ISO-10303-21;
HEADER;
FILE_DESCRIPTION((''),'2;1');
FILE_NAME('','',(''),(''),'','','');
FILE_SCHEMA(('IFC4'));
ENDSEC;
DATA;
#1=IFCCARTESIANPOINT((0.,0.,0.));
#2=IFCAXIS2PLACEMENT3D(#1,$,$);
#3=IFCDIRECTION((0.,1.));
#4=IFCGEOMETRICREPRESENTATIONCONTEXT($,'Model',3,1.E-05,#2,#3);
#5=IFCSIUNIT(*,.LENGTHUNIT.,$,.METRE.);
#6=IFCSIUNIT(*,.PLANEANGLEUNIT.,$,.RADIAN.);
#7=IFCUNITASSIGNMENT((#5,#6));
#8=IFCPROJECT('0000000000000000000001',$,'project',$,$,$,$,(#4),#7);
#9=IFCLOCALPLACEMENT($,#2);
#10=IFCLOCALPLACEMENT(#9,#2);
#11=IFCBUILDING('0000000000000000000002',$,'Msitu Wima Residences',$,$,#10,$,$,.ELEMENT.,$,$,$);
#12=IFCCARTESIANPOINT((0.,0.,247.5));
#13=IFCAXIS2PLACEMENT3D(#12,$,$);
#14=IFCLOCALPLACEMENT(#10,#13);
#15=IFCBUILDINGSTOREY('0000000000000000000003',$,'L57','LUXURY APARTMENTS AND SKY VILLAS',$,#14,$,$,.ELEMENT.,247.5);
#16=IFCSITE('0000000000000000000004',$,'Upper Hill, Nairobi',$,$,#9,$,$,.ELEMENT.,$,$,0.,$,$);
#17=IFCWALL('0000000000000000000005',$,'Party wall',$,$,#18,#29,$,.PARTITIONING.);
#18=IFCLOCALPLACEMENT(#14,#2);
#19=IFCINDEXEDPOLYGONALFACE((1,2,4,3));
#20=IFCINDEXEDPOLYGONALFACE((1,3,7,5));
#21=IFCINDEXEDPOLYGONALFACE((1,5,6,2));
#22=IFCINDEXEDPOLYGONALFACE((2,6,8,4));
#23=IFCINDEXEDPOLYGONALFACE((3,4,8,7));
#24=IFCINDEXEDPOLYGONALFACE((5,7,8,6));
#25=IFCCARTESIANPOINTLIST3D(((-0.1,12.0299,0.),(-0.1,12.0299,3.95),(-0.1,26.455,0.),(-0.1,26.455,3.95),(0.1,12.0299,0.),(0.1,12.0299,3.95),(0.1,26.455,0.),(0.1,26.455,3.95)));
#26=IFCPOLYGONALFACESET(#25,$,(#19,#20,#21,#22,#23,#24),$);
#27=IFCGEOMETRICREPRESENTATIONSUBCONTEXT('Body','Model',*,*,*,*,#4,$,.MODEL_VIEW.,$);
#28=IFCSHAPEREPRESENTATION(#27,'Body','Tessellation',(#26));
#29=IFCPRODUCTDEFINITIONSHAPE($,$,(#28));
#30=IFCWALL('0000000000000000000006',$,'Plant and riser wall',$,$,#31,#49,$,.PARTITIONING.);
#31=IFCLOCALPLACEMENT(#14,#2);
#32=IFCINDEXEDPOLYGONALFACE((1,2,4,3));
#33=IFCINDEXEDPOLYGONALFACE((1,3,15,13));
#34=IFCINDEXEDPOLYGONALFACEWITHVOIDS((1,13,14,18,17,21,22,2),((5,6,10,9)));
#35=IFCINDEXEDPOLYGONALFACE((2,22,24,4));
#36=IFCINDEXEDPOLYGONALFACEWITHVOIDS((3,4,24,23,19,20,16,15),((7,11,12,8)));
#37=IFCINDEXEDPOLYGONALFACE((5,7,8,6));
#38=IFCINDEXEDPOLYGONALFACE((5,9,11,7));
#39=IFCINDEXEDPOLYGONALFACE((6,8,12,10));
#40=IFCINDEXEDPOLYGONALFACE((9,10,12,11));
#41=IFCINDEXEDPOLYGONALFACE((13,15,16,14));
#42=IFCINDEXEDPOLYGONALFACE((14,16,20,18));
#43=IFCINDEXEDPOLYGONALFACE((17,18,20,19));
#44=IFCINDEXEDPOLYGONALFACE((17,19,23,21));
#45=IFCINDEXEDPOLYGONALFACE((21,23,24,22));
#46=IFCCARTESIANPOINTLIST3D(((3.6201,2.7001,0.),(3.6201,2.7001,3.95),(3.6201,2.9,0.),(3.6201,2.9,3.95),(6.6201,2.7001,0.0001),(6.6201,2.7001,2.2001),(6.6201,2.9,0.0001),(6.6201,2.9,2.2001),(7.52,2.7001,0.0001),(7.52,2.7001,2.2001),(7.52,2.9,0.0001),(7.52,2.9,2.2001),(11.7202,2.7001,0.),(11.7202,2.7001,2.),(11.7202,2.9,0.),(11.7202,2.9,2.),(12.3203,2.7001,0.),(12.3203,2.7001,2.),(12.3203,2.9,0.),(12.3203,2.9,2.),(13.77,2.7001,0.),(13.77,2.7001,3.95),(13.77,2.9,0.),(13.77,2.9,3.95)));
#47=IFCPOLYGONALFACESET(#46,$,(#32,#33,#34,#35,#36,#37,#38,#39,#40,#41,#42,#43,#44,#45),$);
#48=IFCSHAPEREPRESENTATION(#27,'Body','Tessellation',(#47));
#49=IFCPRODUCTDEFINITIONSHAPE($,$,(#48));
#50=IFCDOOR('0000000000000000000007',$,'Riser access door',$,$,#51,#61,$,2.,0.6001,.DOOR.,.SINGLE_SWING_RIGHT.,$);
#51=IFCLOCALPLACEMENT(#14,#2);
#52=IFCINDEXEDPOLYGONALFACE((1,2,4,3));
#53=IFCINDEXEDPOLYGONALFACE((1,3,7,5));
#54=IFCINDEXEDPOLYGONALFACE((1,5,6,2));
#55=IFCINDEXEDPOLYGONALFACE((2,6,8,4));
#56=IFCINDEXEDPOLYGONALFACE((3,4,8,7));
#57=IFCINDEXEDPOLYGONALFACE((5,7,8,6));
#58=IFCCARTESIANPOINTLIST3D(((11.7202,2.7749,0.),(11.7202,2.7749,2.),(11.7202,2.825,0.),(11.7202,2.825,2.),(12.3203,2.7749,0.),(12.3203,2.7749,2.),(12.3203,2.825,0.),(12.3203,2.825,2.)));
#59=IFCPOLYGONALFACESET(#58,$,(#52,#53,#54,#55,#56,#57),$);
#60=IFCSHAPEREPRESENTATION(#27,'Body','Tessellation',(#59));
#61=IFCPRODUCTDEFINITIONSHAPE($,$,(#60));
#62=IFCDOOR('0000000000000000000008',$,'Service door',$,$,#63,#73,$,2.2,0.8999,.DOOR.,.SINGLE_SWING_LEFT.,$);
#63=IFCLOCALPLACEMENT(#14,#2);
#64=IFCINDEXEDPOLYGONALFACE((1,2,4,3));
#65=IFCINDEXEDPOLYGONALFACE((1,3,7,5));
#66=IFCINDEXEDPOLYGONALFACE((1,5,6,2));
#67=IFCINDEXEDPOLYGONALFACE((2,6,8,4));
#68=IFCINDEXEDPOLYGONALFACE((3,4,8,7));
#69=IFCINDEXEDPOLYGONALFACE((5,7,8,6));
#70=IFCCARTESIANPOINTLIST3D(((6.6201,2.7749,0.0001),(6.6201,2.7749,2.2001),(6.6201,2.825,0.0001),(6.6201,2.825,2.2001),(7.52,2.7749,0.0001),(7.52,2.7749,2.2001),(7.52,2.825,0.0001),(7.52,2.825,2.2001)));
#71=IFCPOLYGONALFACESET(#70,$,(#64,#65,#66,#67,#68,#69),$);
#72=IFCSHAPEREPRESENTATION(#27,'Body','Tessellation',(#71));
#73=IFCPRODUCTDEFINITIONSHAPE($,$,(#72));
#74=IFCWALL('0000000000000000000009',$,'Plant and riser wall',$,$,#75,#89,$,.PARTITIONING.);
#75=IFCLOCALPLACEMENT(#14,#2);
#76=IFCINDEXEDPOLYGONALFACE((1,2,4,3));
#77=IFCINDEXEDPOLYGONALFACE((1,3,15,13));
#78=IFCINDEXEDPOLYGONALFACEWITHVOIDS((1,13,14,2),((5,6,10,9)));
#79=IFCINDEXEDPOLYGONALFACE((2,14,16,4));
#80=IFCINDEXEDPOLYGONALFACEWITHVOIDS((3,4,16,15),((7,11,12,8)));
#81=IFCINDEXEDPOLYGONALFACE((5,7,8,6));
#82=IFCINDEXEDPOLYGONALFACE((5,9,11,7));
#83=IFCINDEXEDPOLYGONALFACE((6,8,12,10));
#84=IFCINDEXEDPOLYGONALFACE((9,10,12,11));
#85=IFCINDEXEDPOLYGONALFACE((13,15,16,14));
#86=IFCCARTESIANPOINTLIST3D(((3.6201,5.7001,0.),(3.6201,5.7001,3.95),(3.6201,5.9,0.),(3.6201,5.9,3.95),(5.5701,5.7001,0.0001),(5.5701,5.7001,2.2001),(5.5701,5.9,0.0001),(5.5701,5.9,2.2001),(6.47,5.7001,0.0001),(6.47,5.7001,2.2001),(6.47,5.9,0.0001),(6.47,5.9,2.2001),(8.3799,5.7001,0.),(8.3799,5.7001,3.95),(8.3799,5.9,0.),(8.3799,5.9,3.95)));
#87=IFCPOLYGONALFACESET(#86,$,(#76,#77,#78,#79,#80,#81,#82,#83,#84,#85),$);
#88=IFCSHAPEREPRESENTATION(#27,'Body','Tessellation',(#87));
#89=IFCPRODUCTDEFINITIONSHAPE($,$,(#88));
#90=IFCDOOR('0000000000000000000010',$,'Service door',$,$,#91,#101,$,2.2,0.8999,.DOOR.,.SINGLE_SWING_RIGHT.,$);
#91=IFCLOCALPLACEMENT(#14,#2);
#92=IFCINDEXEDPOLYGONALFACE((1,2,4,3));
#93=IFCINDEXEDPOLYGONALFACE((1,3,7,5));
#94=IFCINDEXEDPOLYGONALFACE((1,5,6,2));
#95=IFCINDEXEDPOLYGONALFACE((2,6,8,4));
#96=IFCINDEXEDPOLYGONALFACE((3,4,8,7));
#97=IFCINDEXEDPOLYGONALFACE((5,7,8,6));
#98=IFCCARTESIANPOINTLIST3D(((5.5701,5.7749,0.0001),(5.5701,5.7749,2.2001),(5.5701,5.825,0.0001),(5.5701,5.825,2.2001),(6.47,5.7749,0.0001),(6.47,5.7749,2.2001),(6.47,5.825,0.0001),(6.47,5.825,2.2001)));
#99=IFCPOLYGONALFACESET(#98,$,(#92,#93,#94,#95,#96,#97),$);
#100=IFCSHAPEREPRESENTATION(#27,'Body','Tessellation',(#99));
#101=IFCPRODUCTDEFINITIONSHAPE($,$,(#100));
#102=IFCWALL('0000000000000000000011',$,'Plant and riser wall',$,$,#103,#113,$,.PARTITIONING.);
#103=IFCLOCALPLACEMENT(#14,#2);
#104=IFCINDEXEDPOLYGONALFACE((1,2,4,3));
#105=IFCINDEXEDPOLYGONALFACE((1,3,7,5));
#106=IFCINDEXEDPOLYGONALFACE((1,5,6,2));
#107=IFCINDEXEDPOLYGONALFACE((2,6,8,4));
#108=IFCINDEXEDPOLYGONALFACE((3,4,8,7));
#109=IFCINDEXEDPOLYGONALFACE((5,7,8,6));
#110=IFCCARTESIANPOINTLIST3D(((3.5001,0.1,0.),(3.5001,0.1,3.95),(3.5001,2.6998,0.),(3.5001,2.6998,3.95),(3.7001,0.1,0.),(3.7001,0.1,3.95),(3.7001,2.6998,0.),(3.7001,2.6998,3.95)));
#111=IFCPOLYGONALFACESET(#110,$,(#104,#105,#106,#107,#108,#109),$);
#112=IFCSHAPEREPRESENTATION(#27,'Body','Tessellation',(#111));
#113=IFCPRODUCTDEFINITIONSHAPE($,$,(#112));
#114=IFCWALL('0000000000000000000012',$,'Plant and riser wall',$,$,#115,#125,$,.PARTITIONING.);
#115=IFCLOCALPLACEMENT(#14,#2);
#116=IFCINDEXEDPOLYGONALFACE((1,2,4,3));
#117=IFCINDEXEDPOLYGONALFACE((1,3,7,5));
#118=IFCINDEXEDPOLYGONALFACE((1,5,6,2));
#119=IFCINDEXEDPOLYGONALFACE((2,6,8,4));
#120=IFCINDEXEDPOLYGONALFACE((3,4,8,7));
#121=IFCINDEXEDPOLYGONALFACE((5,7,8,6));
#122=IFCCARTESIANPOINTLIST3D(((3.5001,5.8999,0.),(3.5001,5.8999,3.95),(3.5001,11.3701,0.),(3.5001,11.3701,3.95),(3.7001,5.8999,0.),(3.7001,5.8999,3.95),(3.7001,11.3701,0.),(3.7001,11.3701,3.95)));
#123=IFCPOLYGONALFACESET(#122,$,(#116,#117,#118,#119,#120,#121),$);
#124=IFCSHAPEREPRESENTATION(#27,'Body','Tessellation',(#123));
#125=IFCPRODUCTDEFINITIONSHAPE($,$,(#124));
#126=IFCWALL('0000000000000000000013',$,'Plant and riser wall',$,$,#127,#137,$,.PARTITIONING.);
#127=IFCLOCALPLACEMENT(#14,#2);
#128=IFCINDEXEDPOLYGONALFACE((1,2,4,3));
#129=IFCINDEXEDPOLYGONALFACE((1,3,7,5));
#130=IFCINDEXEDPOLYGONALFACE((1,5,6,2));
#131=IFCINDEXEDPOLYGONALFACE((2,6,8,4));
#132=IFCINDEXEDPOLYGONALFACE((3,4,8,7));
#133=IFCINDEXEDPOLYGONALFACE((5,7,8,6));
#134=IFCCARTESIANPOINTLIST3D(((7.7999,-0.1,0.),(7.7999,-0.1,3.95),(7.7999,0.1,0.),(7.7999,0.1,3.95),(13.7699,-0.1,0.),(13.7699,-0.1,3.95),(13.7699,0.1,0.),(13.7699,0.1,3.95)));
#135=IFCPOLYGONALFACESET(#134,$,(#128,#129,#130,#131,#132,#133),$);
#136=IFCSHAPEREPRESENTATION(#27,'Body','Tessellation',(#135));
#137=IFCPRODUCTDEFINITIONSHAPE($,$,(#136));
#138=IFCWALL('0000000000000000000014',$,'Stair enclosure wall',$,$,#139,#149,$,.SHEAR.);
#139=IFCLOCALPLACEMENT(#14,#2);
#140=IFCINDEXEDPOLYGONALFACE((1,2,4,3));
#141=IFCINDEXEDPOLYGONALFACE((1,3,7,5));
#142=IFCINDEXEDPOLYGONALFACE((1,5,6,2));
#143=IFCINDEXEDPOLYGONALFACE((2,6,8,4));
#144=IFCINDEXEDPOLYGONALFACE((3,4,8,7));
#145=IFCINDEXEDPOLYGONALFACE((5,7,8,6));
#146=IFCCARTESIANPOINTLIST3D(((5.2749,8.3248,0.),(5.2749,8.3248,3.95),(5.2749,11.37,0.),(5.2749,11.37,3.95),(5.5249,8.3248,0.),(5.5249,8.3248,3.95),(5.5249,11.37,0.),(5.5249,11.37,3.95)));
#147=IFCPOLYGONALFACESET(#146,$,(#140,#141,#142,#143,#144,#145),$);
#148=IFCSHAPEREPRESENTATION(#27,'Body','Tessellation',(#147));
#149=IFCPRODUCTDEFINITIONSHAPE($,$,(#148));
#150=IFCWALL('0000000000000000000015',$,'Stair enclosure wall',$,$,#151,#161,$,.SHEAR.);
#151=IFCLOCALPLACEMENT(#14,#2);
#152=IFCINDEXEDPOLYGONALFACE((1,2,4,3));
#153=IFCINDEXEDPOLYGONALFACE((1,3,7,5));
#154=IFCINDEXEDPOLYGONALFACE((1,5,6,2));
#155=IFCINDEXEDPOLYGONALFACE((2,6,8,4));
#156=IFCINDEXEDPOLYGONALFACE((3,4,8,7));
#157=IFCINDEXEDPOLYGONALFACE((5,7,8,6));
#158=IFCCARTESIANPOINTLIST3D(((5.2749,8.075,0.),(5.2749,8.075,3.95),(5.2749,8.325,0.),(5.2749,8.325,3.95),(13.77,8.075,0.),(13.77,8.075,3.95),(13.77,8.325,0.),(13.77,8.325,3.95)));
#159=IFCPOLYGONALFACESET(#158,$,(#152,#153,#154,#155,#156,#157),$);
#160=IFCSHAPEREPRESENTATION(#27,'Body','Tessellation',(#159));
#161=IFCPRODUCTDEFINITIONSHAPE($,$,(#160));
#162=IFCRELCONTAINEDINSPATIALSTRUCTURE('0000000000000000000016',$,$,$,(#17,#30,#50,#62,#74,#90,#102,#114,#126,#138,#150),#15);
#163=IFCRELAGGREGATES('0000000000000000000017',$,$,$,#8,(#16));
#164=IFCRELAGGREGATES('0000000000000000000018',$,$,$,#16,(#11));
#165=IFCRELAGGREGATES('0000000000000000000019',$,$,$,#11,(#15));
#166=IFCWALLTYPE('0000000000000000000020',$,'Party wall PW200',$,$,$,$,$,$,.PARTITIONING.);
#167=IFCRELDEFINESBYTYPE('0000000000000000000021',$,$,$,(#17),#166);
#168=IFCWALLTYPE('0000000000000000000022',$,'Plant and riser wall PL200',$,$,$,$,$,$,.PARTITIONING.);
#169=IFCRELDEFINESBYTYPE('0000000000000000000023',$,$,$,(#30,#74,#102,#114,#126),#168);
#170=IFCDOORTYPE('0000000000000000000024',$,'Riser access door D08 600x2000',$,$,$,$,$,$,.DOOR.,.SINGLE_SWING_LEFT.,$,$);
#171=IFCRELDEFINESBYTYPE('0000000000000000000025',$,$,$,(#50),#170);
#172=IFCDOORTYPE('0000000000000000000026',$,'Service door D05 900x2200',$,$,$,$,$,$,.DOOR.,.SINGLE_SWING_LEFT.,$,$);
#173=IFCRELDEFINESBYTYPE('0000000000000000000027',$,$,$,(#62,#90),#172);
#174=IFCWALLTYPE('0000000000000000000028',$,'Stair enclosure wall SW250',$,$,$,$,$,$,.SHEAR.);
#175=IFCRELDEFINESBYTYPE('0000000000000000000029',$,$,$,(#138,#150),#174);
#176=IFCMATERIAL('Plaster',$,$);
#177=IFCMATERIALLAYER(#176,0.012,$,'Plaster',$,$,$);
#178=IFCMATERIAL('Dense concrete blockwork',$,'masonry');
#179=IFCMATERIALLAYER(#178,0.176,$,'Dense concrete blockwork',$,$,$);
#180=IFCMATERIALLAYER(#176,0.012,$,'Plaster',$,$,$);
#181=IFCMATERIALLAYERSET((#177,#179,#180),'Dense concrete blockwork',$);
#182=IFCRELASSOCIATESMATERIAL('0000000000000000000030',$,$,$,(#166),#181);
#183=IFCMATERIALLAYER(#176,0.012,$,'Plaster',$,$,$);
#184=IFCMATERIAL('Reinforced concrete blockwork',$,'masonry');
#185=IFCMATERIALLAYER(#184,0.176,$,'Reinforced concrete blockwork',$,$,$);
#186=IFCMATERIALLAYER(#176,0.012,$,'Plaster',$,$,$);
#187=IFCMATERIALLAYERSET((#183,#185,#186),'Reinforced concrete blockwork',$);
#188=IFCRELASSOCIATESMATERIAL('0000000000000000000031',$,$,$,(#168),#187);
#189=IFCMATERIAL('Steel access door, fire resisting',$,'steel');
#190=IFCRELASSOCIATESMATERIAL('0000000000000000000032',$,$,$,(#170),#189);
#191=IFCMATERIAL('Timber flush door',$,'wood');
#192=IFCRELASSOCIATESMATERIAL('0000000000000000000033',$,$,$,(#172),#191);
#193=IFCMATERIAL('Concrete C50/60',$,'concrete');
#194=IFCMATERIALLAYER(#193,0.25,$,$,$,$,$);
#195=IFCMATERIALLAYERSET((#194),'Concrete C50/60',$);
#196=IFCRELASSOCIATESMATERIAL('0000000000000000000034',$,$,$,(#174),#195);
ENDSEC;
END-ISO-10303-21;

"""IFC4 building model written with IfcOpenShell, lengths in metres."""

from ifc_helpers import new_model, si_unit, direction, frame, frame_2d, origin, place, context, subcontext, project, spatial, rectangle, extrude, material, layer, layer_set, type_object, element, fill, save


model = new_model("IFC4")

# Units and contexts
model_context = context("Model", 3, precision=1e-05, world=origin(), true_north=direction((0.0, 1.0)))
body_context = subcontext(model_context, "Body", "Model", "MODEL_VIEW")
ifc_project = project(units=[si_unit("LENGTHUNIT", "METRE"), si_unit("PLANEANGLEUNIT", "RADIAN")], contexts=[model_context])

# Site, building, storey
site_placement = place(None, origin())
site = spatial("IfcSite", under=ifc_project, at=site_placement, Name="Upper Hill, Nairobi", CompositionType="ELEMENT", RefElevation=0.0)
building_placement = place(site_placement, origin())
building = spatial("IfcBuilding", under=site, at=building_placement, Name="Msitu Wima Residences", CompositionType="ELEMENT")
storey_placement = place(building_placement, frame((0.0, 0.0, 247.5)))
storey = spatial("IfcBuildingStorey", under=building, at=storey_placement, Name="L57", Description="LUXURY APARTMENTS AND SKY VILLAS", CompositionType="ELEMENT", Elevation=247.5)

# Shared definitions
ifc_material_1 = material(Name="Plaster")
ifc_material_2 = material(Name="Timber flush door", Category="wood")

# Wall
ifc_layer_1 = layer(ifc_material_1, 0.012, Name="Plaster")
ifc_material_3 = material(Name="Dense concrete blockwork", Category="masonry")
ifc_layer_2 = layer(ifc_material_3, 0.176, Name="Dense concrete blockwork")
ifc_layer_3 = layer(ifc_material_1, 0.012, Name="Plaster")
ifc_layer_set_1 = layer_set([ifc_layer_1, ifc_layer_2, ifc_layer_3], Name="Dense concrete blockwork")
wall_type_1 = type_object("IfcWallType", Name="Party wall PW200", PredefinedType="PARTITIONING", material=ifc_layer_set_1)
wall_1_placement = place(storey_placement, frame((0.0, 12.03, 0.0), z_axis=(0.0, 0.0, 1.0), x_axis=(0.0, 1.0, 0.0)))
element("IfcWall", 1, at=wall_1_placement, inside=storey, type_object=wall_type_1, Name="Party wall", PredefinedType="PARTITIONING", context=body_context, shape_type="SweptSolid", body=[
    extrude(rectangle(XDim=14.425, YDim=0.2, at=frame_2d((7.2124, 0.0))), origin(), (0.0, 0.0, 1.0), 3.95),
])

# Wall, openings, doors
ifc_layer_4 = layer(ifc_material_1, 0.012, Name="Plaster")
ifc_material_4 = material(Name="Reinforced concrete blockwork", Category="masonry")
ifc_layer_5 = layer(ifc_material_4, 0.176, Name="Reinforced concrete blockwork")
ifc_layer_6 = layer(ifc_material_1, 0.012, Name="Plaster")
ifc_layer_set_2 = layer_set([ifc_layer_4, ifc_layer_5, ifc_layer_6], Name="Reinforced concrete blockwork")
wall_type_2 = type_object("IfcWallType", Name="Plant and riser wall PL200", PredefinedType="PARTITIONING", material=ifc_layer_set_2)
wall_2_placement = place(storey_placement, frame((3.6201, 2.8, 0.0), z_axis=(0.0, 0.0, 1.0), x_axis=(1.0, 0.0, 0.0)))
wall_2 = element("IfcWall", 2, at=wall_2_placement, inside=storey, type_object=wall_type_2, Name="Plant and riser wall", PredefinedType="PARTITIONING", context=body_context, shape_type="SweptSolid", body=[
    extrude(rectangle(XDim=10.1499, YDim=0.2, at=frame_2d((5.075, 0.0))), origin(), (0.0, 0.0, 1.0), 3.95),
])
opening_1_placement = place(wall_2_placement, frame((8.1001, 0.0, 0.0)))
opening_1 = element("IfcOpeningElement", 3, at=opening_1_placement, cuts=wall_2, PredefinedType="OPENING", context=body_context, shape_type="SweptSolid", body=[
    extrude(rectangle(XDim=0.6001, YDim=2.0, at=frame_2d((0.3, 1.0))), frame((0.0, 0.1099, 0.0), z_axis=(0.0, -1.0, 0.0), x_axis=(1.0, 0.0, 0.0)), (0.0, 0.0, 1.0), 0.22),
])
opening_2_placement = place(wall_2_placement, frame((3.0, 0.0, 0.0)))
opening_2 = element("IfcOpeningElement", 4, at=opening_2_placement, cuts=wall_2, PredefinedType="OPENING", context=body_context, shape_type="SweptSolid", body=[
    extrude(rectangle(XDim=0.8999, YDim=2.2, at=frame_2d((0.45, 1.1001))), frame((0.0, 0.1099, 0.0), z_axis=(0.0, -1.0, 0.0), x_axis=(1.0, 0.0, 0.0)), (0.0, 0.0, 1.0), 0.22),
])
ifc_material_5 = material(Name="Steel access door, fire resisting", Category="steel")
door_type_1 = type_object("IfcDoorType", Name="Riser access door D08 600x2000", OperationType="SINGLE_SWING_LEFT", PredefinedType="DOOR", material=ifc_material_5)
door_1_placement = place(opening_1_placement, origin())
door_1 = element("IfcDoor", 5, at=door_1_placement, inside=storey, type_object=door_type_1, Name="Riser access door", OperationType="SINGLE_SWING_RIGHT", OverallHeight=2.0, OverallWidth=0.6001, PredefinedType="DOOR", context=body_context, shape_type="SweptSolid", body=[
    extrude(rectangle(XDim=0.6001, YDim=2.0, at=frame_2d((0.3, 1.0))), frame((0.0, 0.0249, 0.0), z_axis=(0.0, -1.0, 0.0), x_axis=(1.0, 0.0, 0.0)), (0.0, 0.0, 1.0), 0.05),
])
fill(opening_1, door_1)
door_type_2 = type_object("IfcDoorType", Name="Service door D05 900x2200", OperationType="SINGLE_SWING_LEFT", PredefinedType="DOOR", material=ifc_material_2)
door_2_placement = place(opening_2_placement, origin())
door_2 = element("IfcDoor", 6, at=door_2_placement, inside=storey, type_object=door_type_2, Name="Service door", OperationType="SINGLE_SWING_LEFT", OverallHeight=2.2, OverallWidth=0.8999, PredefinedType="DOOR", context=body_context, shape_type="SweptSolid", body=[
    extrude(rectangle(XDim=0.8999, YDim=2.2, at=frame_2d((0.45, 1.1001))), frame((0.0, 0.0249, 0.0), z_axis=(0.0, -1.0, 0.0), x_axis=(1.0, 0.0, 0.0)), (0.0, 0.0, 1.0), 0.05),
])
fill(opening_2, door_2)

# Wall, opening, door
wall_3_placement = place(storey_placement, frame((3.6201, 5.8, 0.0), z_axis=(0.0, 0.0, 1.0), x_axis=(1.0, 0.0, 0.0)))
wall_3 = element("IfcWall", 7, at=wall_3_placement, inside=storey, type_object=wall_type_2, Name="Plant and riser wall", PredefinedType="PARTITIONING", context=body_context, shape_type="SweptSolid", body=[
    extrude(rectangle(XDim=4.7598, YDim=0.2, at=frame_2d((2.3799, 0.0))), origin(), (0.0, 0.0, 1.0), 3.95),
])
opening_3_placement = place(wall_3_placement, frame((1.95, 0.0, 0.0)))
opening_3 = element("IfcOpeningElement", 8, at=opening_3_placement, cuts=wall_3, PredefinedType="OPENING", context=body_context, shape_type="SweptSolid", body=[
    extrude(rectangle(XDim=0.8999, YDim=2.2, at=frame_2d((0.45, 1.1001))), frame((0.0, 0.1099, 0.0), z_axis=(0.0, -1.0, 0.0), x_axis=(1.0, 0.0, 0.0)), (0.0, 0.0, 1.0), 0.22),
])
door_3_placement = place(opening_3_placement, origin())
door_3 = element("IfcDoor", 9, at=door_3_placement, inside=storey, type_object=door_type_2, Name="Service door", OperationType="SINGLE_SWING_RIGHT", OverallHeight=2.2, OverallWidth=0.8999, PredefinedType="DOOR", context=body_context, shape_type="SweptSolid", body=[
    extrude(rectangle(XDim=0.8999, YDim=2.2, at=frame_2d((0.45, 1.1001))), frame((0.0, 0.0249, 0.0), z_axis=(0.0, -1.0, 0.0), x_axis=(1.0, 0.0, 0.0)), (0.0, 0.0, 1.0), 0.05),
])
fill(opening_3, door_3)

# Walls
wall_4_placement = place(storey_placement, frame((3.6001, 0.1001, 0.0), z_axis=(0.0, 0.0, 1.0), x_axis=(0.0, 1.0, 0.0)))
element("IfcWall", 10, at=wall_4_placement, inside=storey, type_object=wall_type_2, Name="Plant and riser wall", PredefinedType="PARTITIONING", context=body_context, shape_type="SweptSolid", body=[
    extrude(rectangle(XDim=2.5999, YDim=0.2, at=frame_2d((1.2998, 0.0))), origin(), (0.0, 0.0, 1.0), 3.95),
])
wall_5_placement = place(storey_placement, frame((3.6001, 5.8999, 0.0), z_axis=(0.0, 0.0, 1.0), x_axis=(0.0, 1.0, 0.0)))
element("IfcWall", 11, at=wall_5_placement, inside=storey, type_object=wall_type_2, Name="Plant and riser wall", PredefinedType="PARTITIONING", context=body_context, shape_type="SweptSolid", body=[
    extrude(rectangle(XDim=5.4702, YDim=0.2, at=frame_2d((2.7351, 0.0))), origin(), (0.0, 0.0, 1.0), 3.95),
])
wall_6_placement = place(storey_placement, frame((7.8, 0.0, 0.0), z_axis=(0.0, 0.0, 1.0), x_axis=(1.0, 0.0, 0.0)))
element("IfcWall", 12, at=wall_6_placement, inside=storey, type_object=wall_type_2, Name="Plant and riser wall", PredefinedType="PARTITIONING", context=body_context, shape_type="SweptSolid", body=[
    extrude(rectangle(XDim=5.97, YDim=0.2, at=frame_2d((2.9849, 0.0))), origin(), (0.0, 0.0, 1.0), 3.95),
])
ifc_material_6 = material(Name="Concrete C50/60", Category="concrete")
ifc_layer_7 = layer(ifc_material_6, 0.25)
ifc_layer_set_3 = layer_set([ifc_layer_7], Name="Concrete C50/60")
wall_type_3 = type_object("IfcWallType", Name="Stair enclosure wall SW250", PredefinedType="SHEAR", material=ifc_layer_set_3)
wall_7_placement = place(storey_placement, frame((5.3999, 8.325, 0.0), z_axis=(0.0, 0.0, 1.0), x_axis=(0.0, 1.0, 0.0)))
element("IfcWall", 13, at=wall_7_placement, inside=storey, type_object=wall_type_3, Name="Stair enclosure wall", PredefinedType="SHEAR", context=body_context, shape_type="SweptSolid", body=[
    extrude(rectangle(XDim=3.0452, YDim=0.25, at=frame_2d((1.5225, 0.0))), origin(), (0.0, 0.0, 1.0), 3.95),
])
wall_8_placement = place(storey_placement, frame((5.2749, 8.2, 0.0), z_axis=(0.0, 0.0, 1.0), x_axis=(1.0, 0.0, 0.0)))
element("IfcWall", 14, at=wall_8_placement, inside=storey, type_object=wall_type_3, Name="Stair enclosure wall", PredefinedType="SHEAR", context=body_context, shape_type="SweptSolid", body=[
    extrude(rectangle(XDim=8.4951, YDim=0.25, at=frame_2d((4.2476, 0.0))), origin(), (0.0, 0.0, 1.0), 3.95),
])

save(model, "model.ifc")
